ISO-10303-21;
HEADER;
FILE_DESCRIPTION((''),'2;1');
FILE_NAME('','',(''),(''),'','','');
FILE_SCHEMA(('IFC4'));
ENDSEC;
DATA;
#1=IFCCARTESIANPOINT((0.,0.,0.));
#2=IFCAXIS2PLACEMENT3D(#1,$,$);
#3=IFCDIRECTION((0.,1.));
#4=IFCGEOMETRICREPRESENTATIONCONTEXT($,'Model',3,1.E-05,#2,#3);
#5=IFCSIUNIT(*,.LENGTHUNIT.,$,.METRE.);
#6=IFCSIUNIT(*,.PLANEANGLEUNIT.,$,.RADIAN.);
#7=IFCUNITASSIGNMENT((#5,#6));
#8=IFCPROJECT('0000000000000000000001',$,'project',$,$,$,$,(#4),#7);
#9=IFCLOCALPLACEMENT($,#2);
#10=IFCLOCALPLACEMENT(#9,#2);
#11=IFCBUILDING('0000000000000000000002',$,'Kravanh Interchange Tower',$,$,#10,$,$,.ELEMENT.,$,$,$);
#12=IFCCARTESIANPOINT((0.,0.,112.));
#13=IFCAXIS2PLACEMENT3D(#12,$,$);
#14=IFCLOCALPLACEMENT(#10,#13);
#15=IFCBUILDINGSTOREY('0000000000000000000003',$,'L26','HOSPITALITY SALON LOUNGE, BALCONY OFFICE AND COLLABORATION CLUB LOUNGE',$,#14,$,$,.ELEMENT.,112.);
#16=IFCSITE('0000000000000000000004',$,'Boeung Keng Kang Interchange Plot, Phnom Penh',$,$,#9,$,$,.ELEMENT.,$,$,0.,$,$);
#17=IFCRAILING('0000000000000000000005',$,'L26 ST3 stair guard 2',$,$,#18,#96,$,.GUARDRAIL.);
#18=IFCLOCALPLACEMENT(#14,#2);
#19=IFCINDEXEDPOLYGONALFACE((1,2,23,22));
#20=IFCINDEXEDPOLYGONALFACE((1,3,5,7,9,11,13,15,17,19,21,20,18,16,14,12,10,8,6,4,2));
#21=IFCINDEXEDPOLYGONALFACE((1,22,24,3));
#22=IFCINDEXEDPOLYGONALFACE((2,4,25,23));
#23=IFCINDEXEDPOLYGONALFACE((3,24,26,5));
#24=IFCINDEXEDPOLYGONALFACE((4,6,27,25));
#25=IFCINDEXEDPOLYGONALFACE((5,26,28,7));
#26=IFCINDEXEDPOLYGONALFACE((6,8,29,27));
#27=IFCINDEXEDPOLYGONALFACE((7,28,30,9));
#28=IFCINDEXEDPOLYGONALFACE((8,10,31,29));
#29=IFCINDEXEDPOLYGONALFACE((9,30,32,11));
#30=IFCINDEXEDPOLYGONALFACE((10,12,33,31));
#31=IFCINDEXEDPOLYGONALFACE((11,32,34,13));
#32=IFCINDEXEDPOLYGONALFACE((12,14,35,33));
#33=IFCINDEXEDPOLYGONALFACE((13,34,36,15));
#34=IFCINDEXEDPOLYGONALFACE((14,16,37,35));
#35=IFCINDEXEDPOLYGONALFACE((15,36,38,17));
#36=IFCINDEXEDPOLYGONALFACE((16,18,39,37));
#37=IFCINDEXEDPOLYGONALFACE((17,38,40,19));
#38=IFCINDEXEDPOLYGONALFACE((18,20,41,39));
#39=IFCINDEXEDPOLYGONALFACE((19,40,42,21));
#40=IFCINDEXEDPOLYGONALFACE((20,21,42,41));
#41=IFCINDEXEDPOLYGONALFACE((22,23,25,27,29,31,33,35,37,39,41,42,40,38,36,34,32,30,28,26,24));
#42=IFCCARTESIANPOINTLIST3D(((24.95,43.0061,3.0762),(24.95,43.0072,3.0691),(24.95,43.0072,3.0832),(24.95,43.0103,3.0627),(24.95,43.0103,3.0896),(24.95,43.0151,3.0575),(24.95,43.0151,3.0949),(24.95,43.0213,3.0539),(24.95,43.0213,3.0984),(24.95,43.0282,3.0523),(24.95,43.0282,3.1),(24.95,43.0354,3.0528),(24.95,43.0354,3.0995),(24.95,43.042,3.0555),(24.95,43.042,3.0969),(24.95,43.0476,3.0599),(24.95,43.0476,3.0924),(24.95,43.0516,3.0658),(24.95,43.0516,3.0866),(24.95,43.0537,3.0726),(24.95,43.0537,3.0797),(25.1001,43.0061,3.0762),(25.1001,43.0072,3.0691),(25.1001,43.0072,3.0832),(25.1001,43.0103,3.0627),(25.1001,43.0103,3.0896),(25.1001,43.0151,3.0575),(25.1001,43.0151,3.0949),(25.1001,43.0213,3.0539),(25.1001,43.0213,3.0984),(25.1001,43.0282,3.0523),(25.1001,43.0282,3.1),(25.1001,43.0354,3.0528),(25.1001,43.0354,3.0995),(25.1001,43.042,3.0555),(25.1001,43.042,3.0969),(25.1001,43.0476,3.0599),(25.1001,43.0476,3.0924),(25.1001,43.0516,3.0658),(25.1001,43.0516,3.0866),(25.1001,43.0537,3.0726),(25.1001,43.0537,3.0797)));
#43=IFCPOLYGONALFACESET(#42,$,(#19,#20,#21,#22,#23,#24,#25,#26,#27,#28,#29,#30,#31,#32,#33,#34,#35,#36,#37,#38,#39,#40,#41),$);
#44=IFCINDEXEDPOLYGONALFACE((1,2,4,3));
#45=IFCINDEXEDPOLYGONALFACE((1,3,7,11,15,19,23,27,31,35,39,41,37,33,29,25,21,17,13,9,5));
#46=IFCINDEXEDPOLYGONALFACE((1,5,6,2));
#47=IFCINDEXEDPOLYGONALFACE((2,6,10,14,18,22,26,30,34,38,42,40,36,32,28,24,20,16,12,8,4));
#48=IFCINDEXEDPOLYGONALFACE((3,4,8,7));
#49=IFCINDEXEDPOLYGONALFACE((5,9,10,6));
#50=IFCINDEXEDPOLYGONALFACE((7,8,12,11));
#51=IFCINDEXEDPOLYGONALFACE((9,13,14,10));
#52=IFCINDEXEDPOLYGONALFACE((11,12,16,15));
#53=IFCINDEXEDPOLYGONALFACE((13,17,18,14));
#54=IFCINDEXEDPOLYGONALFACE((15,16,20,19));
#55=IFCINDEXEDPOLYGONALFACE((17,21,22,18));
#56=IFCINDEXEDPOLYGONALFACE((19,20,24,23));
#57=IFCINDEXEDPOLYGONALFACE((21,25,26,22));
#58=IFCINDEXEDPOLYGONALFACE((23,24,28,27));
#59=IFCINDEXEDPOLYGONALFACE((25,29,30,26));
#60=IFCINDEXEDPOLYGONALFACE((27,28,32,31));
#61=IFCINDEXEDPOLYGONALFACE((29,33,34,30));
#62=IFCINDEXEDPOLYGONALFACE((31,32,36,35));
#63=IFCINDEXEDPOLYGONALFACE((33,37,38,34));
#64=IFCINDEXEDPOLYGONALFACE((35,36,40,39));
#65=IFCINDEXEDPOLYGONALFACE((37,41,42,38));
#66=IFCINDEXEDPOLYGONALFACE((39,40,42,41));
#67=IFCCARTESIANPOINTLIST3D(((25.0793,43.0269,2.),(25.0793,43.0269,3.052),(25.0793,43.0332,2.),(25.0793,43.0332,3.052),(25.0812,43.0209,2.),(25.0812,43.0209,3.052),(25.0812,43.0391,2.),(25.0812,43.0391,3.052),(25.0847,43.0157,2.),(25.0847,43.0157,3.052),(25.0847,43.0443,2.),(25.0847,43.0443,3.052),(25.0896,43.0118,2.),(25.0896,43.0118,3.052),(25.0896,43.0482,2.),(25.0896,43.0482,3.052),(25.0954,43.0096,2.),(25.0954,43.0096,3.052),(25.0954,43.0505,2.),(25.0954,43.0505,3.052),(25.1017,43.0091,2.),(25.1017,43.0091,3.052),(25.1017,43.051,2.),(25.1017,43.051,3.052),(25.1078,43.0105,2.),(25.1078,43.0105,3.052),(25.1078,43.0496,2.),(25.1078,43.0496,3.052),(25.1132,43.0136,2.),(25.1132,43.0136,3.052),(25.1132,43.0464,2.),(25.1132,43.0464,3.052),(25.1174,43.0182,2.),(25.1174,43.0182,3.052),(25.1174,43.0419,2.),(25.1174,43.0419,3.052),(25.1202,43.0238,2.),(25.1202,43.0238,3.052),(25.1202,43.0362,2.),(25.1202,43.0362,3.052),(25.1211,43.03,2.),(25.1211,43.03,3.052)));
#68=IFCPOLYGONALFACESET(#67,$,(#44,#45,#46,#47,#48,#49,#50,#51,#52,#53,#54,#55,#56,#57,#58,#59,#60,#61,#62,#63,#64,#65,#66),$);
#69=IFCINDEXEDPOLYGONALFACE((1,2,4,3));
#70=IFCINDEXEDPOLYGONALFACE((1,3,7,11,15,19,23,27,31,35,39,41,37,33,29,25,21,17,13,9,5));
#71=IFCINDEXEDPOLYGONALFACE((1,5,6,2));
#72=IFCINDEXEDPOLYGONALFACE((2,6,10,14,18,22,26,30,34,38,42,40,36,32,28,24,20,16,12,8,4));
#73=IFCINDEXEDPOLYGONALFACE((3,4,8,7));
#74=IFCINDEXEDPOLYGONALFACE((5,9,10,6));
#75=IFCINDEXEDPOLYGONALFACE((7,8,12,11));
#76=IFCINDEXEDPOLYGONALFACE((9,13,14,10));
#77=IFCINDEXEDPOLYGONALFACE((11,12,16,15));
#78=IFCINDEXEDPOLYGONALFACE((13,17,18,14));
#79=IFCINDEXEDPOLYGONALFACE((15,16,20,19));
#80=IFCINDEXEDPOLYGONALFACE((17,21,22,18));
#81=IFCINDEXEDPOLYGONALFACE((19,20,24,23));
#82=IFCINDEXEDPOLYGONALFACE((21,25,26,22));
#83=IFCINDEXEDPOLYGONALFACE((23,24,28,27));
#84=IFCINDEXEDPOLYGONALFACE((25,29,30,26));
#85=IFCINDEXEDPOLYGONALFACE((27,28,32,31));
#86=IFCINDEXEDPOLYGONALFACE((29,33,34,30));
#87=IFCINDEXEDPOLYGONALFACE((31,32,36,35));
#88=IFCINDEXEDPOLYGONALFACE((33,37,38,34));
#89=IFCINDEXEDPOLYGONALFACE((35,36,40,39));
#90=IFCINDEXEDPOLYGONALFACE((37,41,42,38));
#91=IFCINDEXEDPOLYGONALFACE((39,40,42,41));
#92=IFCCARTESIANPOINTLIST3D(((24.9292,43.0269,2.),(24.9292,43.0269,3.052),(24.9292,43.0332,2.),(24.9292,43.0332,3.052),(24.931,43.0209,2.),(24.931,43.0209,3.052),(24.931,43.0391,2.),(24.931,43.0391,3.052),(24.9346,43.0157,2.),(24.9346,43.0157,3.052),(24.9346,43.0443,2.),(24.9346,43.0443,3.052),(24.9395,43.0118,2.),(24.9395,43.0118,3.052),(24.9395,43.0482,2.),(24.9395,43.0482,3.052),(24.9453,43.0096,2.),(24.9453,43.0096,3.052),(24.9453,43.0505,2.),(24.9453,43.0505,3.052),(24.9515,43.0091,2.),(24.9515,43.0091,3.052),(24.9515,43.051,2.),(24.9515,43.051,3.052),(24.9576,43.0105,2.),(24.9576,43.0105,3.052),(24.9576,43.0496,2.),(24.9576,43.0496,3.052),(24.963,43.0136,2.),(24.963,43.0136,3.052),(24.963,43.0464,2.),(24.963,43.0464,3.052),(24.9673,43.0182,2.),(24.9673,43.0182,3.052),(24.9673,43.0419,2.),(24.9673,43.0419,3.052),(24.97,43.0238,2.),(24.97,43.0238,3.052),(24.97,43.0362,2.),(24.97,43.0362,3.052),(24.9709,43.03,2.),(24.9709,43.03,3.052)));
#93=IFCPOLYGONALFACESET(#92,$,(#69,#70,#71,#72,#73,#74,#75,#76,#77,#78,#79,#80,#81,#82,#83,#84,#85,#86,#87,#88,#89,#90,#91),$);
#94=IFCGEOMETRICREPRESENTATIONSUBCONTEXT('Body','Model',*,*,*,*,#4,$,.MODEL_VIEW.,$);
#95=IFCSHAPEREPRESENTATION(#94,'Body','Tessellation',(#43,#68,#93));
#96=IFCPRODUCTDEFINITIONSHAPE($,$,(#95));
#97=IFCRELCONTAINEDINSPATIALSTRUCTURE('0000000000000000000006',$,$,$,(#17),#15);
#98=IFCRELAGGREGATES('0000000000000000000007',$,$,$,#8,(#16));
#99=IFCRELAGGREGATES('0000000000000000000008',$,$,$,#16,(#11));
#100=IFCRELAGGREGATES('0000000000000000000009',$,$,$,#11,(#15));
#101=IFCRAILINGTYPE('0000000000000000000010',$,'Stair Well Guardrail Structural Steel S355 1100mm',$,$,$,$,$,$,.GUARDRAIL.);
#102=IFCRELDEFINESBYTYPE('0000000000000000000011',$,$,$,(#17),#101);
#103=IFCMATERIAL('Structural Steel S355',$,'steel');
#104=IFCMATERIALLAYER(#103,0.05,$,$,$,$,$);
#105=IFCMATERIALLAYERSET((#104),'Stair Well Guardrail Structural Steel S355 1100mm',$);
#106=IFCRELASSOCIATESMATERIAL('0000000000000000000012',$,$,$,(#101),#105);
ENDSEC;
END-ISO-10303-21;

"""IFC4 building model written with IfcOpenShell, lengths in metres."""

from ifc_helpers import new_model, si_unit, direction, frame, origin, origin_2d, place, context, subcontext, project, spatial, circle, extrude, material, layer, layer_set, type_object, element, save


model = new_model("IFC4")

# Units and contexts
model_context = context("Model", 3, precision=1e-05, world=origin(), true_north=direction((0.0, 1.0)))
body_context = subcontext(model_context, "Body", "Model", "MODEL_VIEW")
ifc_project = project(units=[si_unit("LENGTHUNIT", "METRE"), si_unit("PLANEANGLEUNIT", "RADIAN")], contexts=[model_context])

# Site, building, storey
site_placement = place(None, origin())
site = spatial("IfcSite", under=ifc_project, at=site_placement, Name="Boeung Keng Kang Interchange Plot, Phnom Penh", CompositionType="ELEMENT", RefElevation=0.0)
building_placement = place(site_placement, origin())
building = spatial("IfcBuilding", under=site, at=building_placement, Name="Kravanh Interchange Tower", CompositionType="ELEMENT")
storey_placement = place(building_placement, frame((0.0, 0.0, 112.0)))
storey = spatial("IfcBuildingStorey", under=building, at=storey_placement, Name="L26", Description="HOSPITALITY SALON LOUNGE, BALCONY OFFICE AND COLLABORATION CLUB LOUNGE", CompositionType="ELEMENT", Elevation=112.0)

# Railing
ifc_material_1 = material(Name="Structural Steel S355", Category="steel")
ifc_layer_1 = layer(ifc_material_1, 0.05)
ifc_layer_set_1 = layer_set([ifc_layer_1], Name="Stair Well Guardrail Structural Steel S355 1100mm")
railing_type_1 = type_object("IfcRailingType", Name="Stair Well Guardrail Structural Steel S355 1100mm", PredefinedType="GUARDRAIL", material=ifc_layer_set_1)
railing_1_placement = place(storey_placement, frame((25.1001, 43.03, 2.0)))
element("IfcRailing", 1, at=railing_1_placement, inside=storey, type_object=railing_type_1, Name="L26 ST3 stair guard 2", PredefinedType="GUARDRAIL", context=body_context, shape_type="SweptSolid", body=[
    extrude(circle(Radius=0.0239, at=origin_2d()), frame((0.0, 0.0, 1.0762), z_axis=(-1.0, 0.0, 0.0), x_axis=(0.0, -1.0, 0.0)), (0.0, 0.0, 1.0), 0.1501),
    extrude(circle(Radius=0.021, at=origin_2d()), origin(), (0.0, 0.0, 1.0), 1.052),
    extrude(circle(Radius=0.021, at=origin_2d()), frame((-0.1501, 0.0, 0.0)), (0.0, 0.0, 1.0), 1.052),
])

save(model, "model.ifc")
